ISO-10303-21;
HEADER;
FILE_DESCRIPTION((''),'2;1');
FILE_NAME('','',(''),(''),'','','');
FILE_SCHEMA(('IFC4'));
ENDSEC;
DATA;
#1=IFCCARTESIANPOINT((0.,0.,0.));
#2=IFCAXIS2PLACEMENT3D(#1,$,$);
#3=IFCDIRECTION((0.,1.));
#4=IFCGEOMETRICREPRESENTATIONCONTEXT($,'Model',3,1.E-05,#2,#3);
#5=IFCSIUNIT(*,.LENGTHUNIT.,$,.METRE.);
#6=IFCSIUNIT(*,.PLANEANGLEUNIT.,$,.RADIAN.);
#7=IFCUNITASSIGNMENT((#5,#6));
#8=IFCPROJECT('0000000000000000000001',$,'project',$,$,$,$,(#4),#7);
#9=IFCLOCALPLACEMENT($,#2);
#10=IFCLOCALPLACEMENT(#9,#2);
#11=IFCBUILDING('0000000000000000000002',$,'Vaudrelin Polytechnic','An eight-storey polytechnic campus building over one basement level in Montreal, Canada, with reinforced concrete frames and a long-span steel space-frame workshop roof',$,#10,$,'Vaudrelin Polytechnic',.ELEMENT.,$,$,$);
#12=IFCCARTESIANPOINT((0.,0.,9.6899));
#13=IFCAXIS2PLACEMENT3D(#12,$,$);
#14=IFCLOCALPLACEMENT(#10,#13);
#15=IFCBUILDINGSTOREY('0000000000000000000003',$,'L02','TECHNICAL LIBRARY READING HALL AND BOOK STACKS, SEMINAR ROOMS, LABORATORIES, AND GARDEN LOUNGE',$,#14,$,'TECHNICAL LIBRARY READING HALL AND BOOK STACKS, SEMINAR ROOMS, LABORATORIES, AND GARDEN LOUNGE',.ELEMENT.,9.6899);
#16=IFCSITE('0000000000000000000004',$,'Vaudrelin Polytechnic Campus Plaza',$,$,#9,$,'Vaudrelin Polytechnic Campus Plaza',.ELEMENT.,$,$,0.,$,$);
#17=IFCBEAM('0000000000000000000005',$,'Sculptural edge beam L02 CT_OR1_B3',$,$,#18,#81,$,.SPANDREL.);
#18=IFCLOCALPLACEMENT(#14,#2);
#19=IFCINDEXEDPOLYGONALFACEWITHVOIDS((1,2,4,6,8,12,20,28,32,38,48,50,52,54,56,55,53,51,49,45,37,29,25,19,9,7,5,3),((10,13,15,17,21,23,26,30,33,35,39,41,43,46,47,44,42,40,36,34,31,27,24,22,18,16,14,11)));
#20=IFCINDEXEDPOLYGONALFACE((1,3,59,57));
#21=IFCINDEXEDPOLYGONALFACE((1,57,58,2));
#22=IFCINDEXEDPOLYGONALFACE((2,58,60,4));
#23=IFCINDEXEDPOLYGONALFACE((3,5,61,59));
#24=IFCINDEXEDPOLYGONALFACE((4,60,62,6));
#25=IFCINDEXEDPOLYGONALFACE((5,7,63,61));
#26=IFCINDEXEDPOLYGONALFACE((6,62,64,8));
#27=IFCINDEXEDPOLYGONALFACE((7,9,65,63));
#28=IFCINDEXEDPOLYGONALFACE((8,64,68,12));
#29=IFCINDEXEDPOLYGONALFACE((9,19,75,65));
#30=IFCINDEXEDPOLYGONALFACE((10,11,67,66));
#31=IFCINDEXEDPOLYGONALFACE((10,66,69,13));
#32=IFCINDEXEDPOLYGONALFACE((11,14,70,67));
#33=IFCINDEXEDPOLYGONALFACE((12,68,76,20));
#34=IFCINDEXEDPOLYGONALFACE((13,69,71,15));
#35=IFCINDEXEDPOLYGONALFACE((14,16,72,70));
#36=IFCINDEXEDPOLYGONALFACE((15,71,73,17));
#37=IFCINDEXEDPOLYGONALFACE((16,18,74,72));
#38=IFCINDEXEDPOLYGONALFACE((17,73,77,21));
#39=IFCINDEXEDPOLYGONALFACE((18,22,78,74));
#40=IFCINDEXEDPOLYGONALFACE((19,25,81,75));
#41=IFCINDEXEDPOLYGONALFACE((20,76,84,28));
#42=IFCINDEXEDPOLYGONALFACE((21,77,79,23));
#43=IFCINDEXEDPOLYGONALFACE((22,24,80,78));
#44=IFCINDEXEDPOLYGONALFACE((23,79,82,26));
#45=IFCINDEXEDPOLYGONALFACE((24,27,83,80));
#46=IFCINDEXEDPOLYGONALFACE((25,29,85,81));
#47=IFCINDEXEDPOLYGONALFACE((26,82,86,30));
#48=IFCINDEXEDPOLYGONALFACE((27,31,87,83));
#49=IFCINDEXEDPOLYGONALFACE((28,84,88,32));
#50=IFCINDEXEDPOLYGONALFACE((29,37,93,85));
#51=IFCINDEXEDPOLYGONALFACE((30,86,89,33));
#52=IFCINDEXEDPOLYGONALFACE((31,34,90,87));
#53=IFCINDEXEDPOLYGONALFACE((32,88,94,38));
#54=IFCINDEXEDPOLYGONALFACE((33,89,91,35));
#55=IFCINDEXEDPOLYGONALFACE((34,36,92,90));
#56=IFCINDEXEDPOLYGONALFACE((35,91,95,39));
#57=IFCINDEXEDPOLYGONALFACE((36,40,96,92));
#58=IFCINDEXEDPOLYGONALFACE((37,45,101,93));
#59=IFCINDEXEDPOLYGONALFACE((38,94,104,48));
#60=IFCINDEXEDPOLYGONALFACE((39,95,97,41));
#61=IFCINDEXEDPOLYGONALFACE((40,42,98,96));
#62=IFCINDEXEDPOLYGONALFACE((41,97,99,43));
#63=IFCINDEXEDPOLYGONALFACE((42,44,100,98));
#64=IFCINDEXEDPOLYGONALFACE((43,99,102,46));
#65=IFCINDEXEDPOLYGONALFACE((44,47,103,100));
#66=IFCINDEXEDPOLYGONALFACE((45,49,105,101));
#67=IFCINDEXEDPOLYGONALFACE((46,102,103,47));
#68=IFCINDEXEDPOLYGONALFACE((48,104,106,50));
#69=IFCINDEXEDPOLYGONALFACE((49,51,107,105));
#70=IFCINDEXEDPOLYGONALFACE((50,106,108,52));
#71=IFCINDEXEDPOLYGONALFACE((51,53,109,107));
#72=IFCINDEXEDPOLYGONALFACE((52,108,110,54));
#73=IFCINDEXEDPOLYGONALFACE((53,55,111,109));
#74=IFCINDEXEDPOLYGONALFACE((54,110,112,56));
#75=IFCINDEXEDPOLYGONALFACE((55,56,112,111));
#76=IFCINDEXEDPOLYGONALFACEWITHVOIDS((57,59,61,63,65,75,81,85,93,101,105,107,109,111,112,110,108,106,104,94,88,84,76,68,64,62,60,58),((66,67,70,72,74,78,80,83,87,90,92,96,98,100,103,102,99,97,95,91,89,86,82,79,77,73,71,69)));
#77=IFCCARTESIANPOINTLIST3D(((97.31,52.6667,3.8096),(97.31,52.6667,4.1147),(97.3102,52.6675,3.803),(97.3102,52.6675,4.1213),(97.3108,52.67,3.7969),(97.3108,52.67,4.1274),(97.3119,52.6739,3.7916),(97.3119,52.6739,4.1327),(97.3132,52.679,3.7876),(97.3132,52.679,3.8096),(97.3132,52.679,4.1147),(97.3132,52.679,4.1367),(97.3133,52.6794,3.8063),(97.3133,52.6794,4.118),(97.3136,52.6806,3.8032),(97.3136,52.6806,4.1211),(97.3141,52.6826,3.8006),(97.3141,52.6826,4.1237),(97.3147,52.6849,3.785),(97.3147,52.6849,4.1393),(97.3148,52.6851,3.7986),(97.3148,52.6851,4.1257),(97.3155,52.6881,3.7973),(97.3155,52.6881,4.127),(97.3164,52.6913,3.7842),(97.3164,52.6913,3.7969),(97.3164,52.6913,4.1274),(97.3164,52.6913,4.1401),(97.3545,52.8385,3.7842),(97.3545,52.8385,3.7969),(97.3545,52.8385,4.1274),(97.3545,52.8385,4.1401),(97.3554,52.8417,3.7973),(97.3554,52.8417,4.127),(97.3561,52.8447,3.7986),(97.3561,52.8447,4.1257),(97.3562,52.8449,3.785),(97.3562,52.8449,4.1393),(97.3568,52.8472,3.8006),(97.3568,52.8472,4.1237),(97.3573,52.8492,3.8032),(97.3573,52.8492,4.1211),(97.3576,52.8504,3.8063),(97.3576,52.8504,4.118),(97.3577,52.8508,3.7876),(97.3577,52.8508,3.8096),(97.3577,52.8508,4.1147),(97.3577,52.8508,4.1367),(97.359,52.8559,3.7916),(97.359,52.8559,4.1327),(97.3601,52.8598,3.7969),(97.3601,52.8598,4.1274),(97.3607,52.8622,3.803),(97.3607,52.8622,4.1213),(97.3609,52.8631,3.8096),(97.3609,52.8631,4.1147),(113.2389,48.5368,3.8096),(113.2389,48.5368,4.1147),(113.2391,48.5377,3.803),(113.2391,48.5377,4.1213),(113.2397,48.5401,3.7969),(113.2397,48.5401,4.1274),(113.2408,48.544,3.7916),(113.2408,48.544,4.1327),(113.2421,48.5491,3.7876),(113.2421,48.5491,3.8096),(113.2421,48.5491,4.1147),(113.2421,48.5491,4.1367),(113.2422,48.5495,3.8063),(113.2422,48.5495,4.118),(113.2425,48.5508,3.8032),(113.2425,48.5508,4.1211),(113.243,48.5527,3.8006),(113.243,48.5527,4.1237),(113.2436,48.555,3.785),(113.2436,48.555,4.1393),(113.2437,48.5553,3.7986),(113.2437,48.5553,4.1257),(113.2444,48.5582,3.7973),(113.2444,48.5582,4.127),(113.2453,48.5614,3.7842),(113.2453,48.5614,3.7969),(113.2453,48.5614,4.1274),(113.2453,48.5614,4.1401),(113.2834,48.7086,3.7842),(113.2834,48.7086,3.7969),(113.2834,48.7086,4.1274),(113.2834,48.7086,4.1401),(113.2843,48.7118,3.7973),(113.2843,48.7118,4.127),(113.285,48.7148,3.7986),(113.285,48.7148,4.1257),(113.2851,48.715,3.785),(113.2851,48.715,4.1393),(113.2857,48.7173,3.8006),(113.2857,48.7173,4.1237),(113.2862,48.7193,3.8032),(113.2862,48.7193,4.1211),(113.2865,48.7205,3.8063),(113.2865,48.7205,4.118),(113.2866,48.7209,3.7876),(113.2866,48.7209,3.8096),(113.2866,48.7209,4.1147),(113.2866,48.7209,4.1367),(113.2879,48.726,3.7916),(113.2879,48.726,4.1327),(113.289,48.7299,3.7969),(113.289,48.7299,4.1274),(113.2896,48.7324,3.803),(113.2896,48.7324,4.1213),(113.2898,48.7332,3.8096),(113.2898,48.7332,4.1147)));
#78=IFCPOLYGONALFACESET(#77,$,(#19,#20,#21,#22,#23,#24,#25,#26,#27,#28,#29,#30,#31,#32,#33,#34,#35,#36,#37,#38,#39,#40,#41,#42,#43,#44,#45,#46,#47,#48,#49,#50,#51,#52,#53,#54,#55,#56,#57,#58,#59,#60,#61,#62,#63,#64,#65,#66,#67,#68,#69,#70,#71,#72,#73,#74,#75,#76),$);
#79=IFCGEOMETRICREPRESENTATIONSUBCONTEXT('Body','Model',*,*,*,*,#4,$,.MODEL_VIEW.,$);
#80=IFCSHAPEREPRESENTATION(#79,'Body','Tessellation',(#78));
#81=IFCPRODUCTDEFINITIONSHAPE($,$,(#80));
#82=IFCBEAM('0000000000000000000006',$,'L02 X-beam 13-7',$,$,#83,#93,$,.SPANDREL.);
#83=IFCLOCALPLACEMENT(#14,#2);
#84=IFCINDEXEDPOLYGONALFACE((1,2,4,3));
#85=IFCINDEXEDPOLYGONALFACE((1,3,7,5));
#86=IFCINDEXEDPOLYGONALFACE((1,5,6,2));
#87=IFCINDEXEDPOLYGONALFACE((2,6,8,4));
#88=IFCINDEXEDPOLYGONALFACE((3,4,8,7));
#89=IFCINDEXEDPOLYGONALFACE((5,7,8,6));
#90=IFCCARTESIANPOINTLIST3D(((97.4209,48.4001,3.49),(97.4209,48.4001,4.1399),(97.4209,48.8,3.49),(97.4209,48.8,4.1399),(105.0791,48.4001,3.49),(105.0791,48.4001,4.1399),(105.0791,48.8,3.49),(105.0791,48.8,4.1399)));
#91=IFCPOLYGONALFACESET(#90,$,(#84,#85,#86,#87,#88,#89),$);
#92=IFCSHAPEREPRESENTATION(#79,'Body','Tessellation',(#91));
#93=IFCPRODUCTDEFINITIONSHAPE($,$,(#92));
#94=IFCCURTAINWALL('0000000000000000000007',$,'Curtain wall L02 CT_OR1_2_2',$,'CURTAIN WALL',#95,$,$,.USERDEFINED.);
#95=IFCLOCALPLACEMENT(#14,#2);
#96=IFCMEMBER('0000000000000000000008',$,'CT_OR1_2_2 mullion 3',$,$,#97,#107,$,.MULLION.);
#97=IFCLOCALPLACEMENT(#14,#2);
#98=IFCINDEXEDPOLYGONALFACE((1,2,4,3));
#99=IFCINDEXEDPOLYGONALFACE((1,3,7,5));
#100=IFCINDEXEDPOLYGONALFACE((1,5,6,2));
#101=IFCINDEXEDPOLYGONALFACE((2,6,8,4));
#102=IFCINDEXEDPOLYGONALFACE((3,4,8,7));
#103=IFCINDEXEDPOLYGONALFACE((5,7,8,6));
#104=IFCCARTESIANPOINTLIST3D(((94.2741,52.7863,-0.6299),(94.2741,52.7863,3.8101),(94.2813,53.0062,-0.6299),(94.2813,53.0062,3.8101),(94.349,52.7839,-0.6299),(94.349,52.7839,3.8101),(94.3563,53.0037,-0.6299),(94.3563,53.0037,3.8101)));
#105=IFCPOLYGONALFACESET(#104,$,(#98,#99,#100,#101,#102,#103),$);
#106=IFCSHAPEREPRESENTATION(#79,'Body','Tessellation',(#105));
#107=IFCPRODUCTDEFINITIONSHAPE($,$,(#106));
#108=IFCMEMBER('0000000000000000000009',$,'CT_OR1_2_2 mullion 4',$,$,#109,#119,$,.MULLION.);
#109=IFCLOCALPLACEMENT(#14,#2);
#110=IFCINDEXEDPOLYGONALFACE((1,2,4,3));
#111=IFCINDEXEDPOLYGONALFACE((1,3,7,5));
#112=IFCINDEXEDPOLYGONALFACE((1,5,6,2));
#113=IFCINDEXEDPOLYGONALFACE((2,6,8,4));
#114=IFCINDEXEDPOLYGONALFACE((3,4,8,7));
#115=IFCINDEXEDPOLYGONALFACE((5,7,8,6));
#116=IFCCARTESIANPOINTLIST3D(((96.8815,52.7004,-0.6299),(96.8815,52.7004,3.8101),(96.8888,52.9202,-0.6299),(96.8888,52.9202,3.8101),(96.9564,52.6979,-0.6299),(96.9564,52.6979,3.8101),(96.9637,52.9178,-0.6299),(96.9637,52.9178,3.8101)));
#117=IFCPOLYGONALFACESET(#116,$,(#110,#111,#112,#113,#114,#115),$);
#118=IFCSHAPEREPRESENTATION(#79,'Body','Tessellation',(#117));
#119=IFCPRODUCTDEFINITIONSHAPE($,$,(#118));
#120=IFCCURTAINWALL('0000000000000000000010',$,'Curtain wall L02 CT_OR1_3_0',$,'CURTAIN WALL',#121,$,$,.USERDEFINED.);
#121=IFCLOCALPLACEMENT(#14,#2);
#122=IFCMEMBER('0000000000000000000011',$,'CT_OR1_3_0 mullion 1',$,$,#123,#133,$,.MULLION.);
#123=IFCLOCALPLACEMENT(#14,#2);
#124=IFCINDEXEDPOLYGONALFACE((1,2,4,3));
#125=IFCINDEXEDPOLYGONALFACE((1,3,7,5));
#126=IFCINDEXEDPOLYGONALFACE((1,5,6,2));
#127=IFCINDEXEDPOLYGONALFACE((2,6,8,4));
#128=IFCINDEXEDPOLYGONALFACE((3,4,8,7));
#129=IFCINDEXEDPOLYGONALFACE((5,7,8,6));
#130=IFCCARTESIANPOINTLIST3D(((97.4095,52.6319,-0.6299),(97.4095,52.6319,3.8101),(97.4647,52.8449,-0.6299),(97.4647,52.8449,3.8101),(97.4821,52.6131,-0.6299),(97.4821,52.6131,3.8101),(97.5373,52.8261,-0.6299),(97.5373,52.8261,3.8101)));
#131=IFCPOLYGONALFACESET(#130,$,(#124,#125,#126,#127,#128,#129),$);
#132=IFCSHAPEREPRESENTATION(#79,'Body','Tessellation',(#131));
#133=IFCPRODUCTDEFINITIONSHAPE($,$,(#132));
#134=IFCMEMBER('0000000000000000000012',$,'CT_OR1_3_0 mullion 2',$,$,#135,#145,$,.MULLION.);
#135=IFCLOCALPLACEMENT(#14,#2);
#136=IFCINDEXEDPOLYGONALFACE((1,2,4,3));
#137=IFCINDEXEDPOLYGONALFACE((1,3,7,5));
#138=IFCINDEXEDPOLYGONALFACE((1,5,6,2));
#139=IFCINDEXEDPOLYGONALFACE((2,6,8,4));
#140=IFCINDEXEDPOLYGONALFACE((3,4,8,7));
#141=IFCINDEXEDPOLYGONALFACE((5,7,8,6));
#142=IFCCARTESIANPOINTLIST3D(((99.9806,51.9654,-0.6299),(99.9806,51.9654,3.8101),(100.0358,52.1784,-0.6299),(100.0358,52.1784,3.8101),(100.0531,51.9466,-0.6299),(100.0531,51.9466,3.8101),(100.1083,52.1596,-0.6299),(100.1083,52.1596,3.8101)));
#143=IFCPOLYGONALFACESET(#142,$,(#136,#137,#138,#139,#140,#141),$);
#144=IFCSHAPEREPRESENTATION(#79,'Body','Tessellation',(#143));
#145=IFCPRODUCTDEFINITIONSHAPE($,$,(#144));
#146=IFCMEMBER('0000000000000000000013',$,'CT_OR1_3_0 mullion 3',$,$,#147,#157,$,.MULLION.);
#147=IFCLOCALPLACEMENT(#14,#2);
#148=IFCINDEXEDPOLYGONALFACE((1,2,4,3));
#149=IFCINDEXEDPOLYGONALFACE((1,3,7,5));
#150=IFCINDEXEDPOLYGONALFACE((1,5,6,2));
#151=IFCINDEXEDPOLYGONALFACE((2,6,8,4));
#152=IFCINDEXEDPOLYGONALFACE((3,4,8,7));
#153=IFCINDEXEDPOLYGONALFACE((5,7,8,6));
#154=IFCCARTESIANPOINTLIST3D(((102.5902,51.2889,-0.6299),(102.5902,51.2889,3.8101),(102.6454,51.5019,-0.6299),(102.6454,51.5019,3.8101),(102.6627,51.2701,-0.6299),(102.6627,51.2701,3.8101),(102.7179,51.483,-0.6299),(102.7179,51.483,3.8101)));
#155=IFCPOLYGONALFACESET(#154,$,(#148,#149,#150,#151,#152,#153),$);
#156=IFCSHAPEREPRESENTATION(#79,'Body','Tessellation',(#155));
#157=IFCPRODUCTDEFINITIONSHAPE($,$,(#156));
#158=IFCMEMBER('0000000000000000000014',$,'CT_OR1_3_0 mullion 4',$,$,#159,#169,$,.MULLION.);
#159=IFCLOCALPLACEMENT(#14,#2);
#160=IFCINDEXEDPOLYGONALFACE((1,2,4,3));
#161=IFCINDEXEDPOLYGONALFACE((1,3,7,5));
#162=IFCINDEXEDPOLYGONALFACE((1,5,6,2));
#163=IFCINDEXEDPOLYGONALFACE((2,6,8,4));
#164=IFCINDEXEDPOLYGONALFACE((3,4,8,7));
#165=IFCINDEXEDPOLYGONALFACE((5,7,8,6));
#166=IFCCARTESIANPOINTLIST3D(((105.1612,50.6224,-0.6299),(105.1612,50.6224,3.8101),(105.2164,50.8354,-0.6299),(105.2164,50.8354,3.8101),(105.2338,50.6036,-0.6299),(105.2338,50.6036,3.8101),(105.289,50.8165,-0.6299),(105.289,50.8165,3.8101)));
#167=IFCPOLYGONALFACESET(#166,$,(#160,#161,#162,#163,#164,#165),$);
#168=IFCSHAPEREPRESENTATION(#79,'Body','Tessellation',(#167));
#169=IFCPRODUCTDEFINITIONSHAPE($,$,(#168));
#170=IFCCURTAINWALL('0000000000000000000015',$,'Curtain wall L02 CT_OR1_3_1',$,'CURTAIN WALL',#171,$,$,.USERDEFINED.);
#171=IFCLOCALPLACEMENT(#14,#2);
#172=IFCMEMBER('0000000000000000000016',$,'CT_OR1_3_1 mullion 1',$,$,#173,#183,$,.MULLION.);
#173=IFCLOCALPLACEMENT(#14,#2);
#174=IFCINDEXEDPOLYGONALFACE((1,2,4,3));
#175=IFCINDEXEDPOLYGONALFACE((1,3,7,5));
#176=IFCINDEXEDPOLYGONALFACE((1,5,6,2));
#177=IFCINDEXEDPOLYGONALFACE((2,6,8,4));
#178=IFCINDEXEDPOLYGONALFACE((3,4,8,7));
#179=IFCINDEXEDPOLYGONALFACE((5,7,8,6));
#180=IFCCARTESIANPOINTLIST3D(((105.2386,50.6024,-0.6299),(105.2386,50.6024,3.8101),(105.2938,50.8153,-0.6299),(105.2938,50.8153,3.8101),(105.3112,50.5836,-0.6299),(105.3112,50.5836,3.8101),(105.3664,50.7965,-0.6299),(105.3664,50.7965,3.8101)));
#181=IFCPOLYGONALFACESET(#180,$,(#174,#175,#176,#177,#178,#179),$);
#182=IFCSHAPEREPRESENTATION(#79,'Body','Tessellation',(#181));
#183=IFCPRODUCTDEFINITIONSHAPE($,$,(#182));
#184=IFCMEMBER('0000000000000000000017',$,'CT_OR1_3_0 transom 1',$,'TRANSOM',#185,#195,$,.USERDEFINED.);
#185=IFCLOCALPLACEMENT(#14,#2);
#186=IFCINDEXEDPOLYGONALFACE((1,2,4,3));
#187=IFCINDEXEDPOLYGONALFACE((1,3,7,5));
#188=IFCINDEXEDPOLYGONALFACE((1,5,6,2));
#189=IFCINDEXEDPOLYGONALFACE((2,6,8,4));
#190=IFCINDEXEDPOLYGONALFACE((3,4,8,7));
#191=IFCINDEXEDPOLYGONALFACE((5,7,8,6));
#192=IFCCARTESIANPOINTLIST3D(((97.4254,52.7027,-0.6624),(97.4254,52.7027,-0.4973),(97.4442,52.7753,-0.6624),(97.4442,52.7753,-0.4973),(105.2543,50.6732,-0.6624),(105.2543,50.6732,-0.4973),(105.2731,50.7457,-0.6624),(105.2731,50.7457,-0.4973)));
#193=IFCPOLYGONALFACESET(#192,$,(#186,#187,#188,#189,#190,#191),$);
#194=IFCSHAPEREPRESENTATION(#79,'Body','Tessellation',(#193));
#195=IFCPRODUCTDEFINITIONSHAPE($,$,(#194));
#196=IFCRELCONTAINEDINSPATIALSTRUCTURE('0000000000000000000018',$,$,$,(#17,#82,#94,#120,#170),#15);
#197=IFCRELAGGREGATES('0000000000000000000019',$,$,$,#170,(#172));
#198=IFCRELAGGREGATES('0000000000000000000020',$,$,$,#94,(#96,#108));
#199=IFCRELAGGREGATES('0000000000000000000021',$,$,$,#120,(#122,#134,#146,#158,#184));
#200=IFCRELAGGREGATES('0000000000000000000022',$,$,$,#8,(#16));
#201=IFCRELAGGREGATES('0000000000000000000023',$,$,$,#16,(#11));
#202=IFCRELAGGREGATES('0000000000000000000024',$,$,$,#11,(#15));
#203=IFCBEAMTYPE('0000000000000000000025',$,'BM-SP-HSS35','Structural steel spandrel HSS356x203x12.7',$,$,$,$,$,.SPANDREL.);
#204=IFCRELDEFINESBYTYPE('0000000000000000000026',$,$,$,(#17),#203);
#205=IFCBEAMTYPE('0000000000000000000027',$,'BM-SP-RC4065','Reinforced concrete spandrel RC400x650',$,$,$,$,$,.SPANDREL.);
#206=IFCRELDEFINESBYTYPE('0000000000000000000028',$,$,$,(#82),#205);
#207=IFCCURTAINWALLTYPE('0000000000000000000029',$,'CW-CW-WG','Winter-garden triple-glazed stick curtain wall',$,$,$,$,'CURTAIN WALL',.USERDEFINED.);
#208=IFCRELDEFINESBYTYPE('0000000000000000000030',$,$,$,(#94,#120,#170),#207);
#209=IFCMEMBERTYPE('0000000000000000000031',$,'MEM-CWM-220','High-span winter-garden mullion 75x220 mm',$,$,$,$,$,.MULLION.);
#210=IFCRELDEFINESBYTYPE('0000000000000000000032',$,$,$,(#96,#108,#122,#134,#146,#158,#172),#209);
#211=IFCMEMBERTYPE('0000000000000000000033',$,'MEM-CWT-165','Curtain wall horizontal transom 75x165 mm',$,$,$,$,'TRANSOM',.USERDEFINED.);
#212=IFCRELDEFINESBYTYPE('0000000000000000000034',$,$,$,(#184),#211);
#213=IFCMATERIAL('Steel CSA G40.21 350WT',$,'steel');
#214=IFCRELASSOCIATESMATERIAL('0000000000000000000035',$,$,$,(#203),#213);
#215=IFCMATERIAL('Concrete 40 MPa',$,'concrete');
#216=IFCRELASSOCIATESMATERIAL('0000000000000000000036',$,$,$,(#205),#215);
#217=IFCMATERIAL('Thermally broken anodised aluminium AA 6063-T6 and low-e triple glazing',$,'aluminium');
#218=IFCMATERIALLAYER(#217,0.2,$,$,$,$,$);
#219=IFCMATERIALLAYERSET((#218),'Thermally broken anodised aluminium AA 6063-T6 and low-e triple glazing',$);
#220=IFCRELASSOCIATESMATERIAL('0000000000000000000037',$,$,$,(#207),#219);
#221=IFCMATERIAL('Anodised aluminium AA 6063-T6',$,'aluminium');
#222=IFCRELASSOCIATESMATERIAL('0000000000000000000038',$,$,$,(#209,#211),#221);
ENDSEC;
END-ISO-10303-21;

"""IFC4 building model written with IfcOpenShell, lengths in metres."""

from ifc_helpers import new_model, si_unit, direction, frame, origin, origin_2d, place, context, subcontext, project, spatial, rectangle, hollow_rectangle, extrude, material, layer, layer_set, material_profile, profile_set, type_object, element, aggregate, save


model = new_model("IFC4")

# Units and contexts
model_context = context("Model", 3, precision=1e-05, world=origin(), true_north=direction((0.0, 1.0)))
body_context = subcontext(model_context, "Body", "Model", "MODEL_VIEW")
ifc_project = project(units=[si_unit("LENGTHUNIT", "METRE"), si_unit("PLANEANGLEUNIT", "RADIAN")], contexts=[model_context])

# Site, building, storey
site_placement = place(None, origin())
site = spatial("IfcSite", under=ifc_project, at=site_placement, Name="Vaudrelin Polytechnic Campus Plaza", LongName="Vaudrelin Polytechnic Campus Plaza", CompositionType="ELEMENT", RefElevation=0.0)
building_placement = place(site_placement, origin())
building = spatial("IfcBuilding", under=site, at=building_placement, Name="Vaudrelin Polytechnic", Description="An eight-storey polytechnic campus building over one basement level in Montreal, Canada, with reinforced concrete frames and a long-span steel space-frame workshop roof", LongName="Vaudrelin Polytechnic", CompositionType="ELEMENT")
storey_placement = place(building_placement, frame((0.0, 0.0, 9.6899)))
storey = spatial("IfcBuildingStorey", under=building, at=storey_placement, Name="L02", Description="TECHNICAL LIBRARY READING HALL AND BOOK STACKS, SEMINAR ROOMS, LABORATORIES, AND GARDEN LOUNGE", LongName="TECHNICAL LIBRARY READING HALL AND BOOK STACKS, SEMINAR ROOMS, LABORATORIES, AND GARDEN LOUNGE", CompositionType="ELEMENT", Elevation=9.6899)

# Shared definitions
ifc_material_1 = material(Name="Steel CSA G40.21 350WT", Category="steel")
ifc_material_2 = material(Name="Concrete 40 MPa", Category="concrete")

# Beams
ifc_material_profile_1 = material_profile(ifc_material_1, hollow_rectangle(XDim=0.2029, YDim=0.356, WallThickness=0.0127, InnerFilletRadius=0.0127, OuterFilletRadius=0.0254, at=origin_2d()), Name="HSS356x203x12.7")
ifc_profile_set_1 = profile_set([ifc_material_profile_1], Name="Steel CSA G40.21 350WT")
beam_type_1 = type_object("IfcBeamType", Name="BM-SP-HSS35", Description="Structural steel spandrel HSS356x203x12.7", PredefinedType="SPANDREL", material=ifc_profile_set_1)
beam_1_placement = place(storey_placement, frame((97.3354, 52.7649, 3.9622), z_axis=(0.967995, -0.250971, 0.0), x_axis=(0.250971, 0.967995, 0.0)))
element("IfcBeam", 1, at=beam_1_placement, inside=storey, type_object=beam_type_1, Name="Sculptural edge beam L02 CT_OR1_B3", PredefinedType="SPANDREL", context=body_context, shape_type="SweptSolid", body=[
    extrude(hollow_rectangle(XDim=0.2029, YDim=0.356, WallThickness=0.0127, InnerFilletRadius=0.0127, OuterFilletRadius=0.0254, at=origin_2d()), origin(), (0.0, 0.0, 1.0), 16.4556),
])
ifc_material_profile_2 = material_profile(ifc_material_2, rectangle(XDim=0.3999, YDim=0.6499, at=origin_2d()), Name="RC400x650")
ifc_profile_set_2 = profile_set([ifc_material_profile_2], Name="Concrete 40 MPa")
beam_type_2 = type_object("IfcBeamType", Name="BM-SP-RC4065", Description="Reinforced concrete spandrel RC400x650", PredefinedType="SPANDREL", material=ifc_profile_set_2)
beam_2_placement = place(storey_placement, frame((97.4209, 48.6001, 3.8149), z_axis=(1.0, 0.0, 0.0), x_axis=(0.0, 1.0, 0.0)))
element("IfcBeam", 2, at=beam_2_placement, inside=storey, type_object=beam_type_2, Name="L02 X-beam 13-7", PredefinedType="SPANDREL", context=body_context, shape_type="SweptSolid", body=[
    extrude(rectangle(XDim=0.3999, YDim=0.6499, at=origin_2d()), origin(), (0.0, 0.0, 1.0), 7.6582),
])

# Curtain walls, members
ifc_material_3 = material(Name="Thermally broken anodised aluminium AA 6063-T6 and low-e triple glazing", Category="aluminium")
ifc_layer_1 = layer(ifc_material_3, 0.2)
ifc_layer_set_1 = layer_set([ifc_layer_1], Name="Thermally broken anodised aluminium AA 6063-T6 and low-e triple glazing")
curtain_wall_type = type_object("IfcCurtainWallType", Name="CW-CW-WG", Description="Winter-garden triple-glazed stick curtain wall", ElementType="CURTAIN WALL", PredefinedType="USERDEFINED", material=ifc_layer_set_1)
curtain_wall_1_placement = place(storey_placement, origin())
curtain_wall_1 = element("IfcCurtainWall", 3, at=curtain_wall_1_placement, inside=storey, type_object=curtain_wall_type, Name="Curtain wall L02 CT_OR1_2_2", ObjectType="CURTAIN WALL", PredefinedType="USERDEFINED")
ifc_material_4 = material(Name="Anodised aluminium AA 6063-T6", Category="aluminium")
ifc_material_profile_3 = material_profile(ifc_material_4, rectangle(XDim=0.075, YDim=0.22, at=origin_2d()), Name="CWM-75x220")
ifc_profile_set_3 = profile_set([ifc_material_profile_3], Name="Anodised aluminium AA 6063-T6")
member_type_1 = type_object("IfcMemberType", Name="MEM-CWM-220", Description="High-span winter-garden mullion 75x220 mm", PredefinedType="MULLION", material=ifc_profile_set_3)
member_1_placement = place(storey_placement, frame((94.3152, 52.895, -0.6299), z_axis=(0.0, 0.0, 1.0), x_axis=(0.999458, -0.03291, 0.0)))
member_1 = element("IfcMember", 4, at=member_1_placement, type_object=member_type_1, Name="CT_OR1_2_2 mullion 3", PredefinedType="MULLION", context=body_context, shape_type="SweptSolid", body=[
    extrude(rectangle(XDim=0.075, YDim=0.22, at=origin_2d()), origin(), (0.0, 0.0, 1.0), 4.4399),
])
member_2_placement = place(storey_placement, frame((96.9226, 52.8091, -0.6299), z_axis=(0.0, 0.0, 1.0), x_axis=(0.999458, -0.03291, 0.0)))
member_2 = element("IfcMember", 5, at=member_2_placement, type_object=member_type_1, Name="CT_OR1_2_2 mullion 4", PredefinedType="MULLION", context=body_context, shape_type="SweptSolid", body=[
    extrude(rectangle(XDim=0.075, YDim=0.22, at=origin_2d()), origin(), (0.0, 0.0, 1.0), 4.4399),
])
curtain_wall_2_placement = place(storey_placement, origin())
curtain_wall_2 = element("IfcCurtainWall", 6, at=curtain_wall_2_placement, inside=storey, type_object=curtain_wall_type, Name="Curtain wall L02 CT_OR1_3_0", ObjectType="CURTAIN WALL", PredefinedType="USERDEFINED")
member_3_placement = place(storey_placement, frame((97.4734, 52.729, -0.6299), z_axis=(0.0, 0.0, 1.0), x_axis=(0.967997, -0.25096, 0.0)))
member_3 = element("IfcMember", 7, at=member_3_placement, type_object=member_type_1, Name="CT_OR1_3_0 mullion 1", PredefinedType="MULLION", context=body_context, shape_type="SweptSolid", body=[
    extrude(rectangle(XDim=0.075, YDim=0.22, at=origin_2d()), origin(), (0.0, 0.0, 1.0), 4.4399),
])
member_4_placement = place(storey_placement, frame((100.0444, 52.0625, -0.6299), z_axis=(0.0, 0.0, 1.0), x_axis=(0.967997, -0.25096, 0.0)))
member_4 = element("IfcMember", 8, at=member_4_placement, type_object=member_type_1, Name="CT_OR1_3_0 mullion 2", PredefinedType="MULLION", context=body_context, shape_type="SweptSolid", body=[
    extrude(rectangle(XDim=0.075, YDim=0.22, at=origin_2d()), origin(), (0.0, 0.0, 1.0), 4.4399),
])
member_5_placement = place(storey_placement, frame((102.6541, 51.386, -0.6299), z_axis=(0.0, 0.0, 1.0), x_axis=(0.967997, -0.25096, 0.0)))
member_5 = element("IfcMember", 9, at=member_5_placement, type_object=member_type_1, Name="CT_OR1_3_0 mullion 3", PredefinedType="MULLION", context=body_context, shape_type="SweptSolid", body=[
    extrude(rectangle(XDim=0.075, YDim=0.22, at=origin_2d()), origin(), (0.0, 0.0, 1.0), 4.4399),
])
member_6_placement = place(storey_placement, frame((105.2251, 50.7195, -0.6299), z_axis=(0.0, 0.0, 1.0), x_axis=(0.967997, -0.25096, 0.0)))
member_6 = element("IfcMember", 10, at=member_6_placement, type_object=member_type_1, Name="CT_OR1_3_0 mullion 4", PredefinedType="MULLION", context=body_context, shape_type="SweptSolid", body=[
    extrude(rectangle(XDim=0.075, YDim=0.22, at=origin_2d()), origin(), (0.0, 0.0, 1.0), 4.4399),
])

# Curtain wall, member
curtain_wall_3_placement = place(storey_placement, origin())
curtain_wall_3 = element("IfcCurtainWall", 11, at=curtain_wall_3_placement, inside=storey, type_object=curtain_wall_type, Name="Curtain wall L02 CT_OR1_3_1", ObjectType="CURTAIN WALL", PredefinedType="USERDEFINED")
member_7_placement = place(storey_placement, frame((105.3025, 50.6995, -0.6299), z_axis=(0.0, 0.0, 1.0), x_axis=(0.967998, -0.250957, 0.0)))
member_7 = element("IfcMember", 12, at=member_7_placement, type_object=member_type_1, Name="CT_OR1_3_1 mullion 1", PredefinedType="MULLION", context=body_context, shape_type="SweptSolid", body=[
    extrude(rectangle(XDim=0.075, YDim=0.22, at=origin_2d()), origin(), (0.0, 0.0, 1.0), 4.4399),
])

# Member
ifc_material_profile_4 = material_profile(ifc_material_4, rectangle(XDim=0.075, YDim=0.165, at=origin_2d()), Name="CWT-75x165")
ifc_profile_set_4 = profile_set([ifc_material_profile_4], Name="Anodised aluminium AA 6063-T6")
member_type_2 = type_object("IfcMemberType", Name="MEM-CWT-165", Description="Curtain wall horizontal transom 75x165 mm", ElementType="TRANSOM", PredefinedType="USERDEFINED", material=ifc_profile_set_4)
member_8_placement = place(storey_placement, frame((97.4348, 52.739, -0.5798), z_axis=(0.968002, -0.250943, 0.0), x_axis=(0.250943, 0.968002, 0.0)))
member_8 = element("IfcMember", 13, at=member_8_placement, type_object=member_type_2, Name="CT_OR1_3_0 transom 1", ObjectType="TRANSOM", PredefinedType="USERDEFINED", context=body_context, shape_type="SweptSolid", body=[
    extrude(rectangle(XDim=0.075, YDim=0.165, at=origin_2d()), origin(), (0.0, 0.0, 1.0), 8.0876),
])

aggregate(curtain_wall_3, [member_7])
aggregate(curtain_wall_1, [member_1, member_2])
aggregate(curtain_wall_2, [member_3, member_4, member_5, member_6, member_8])

save(model, "model.ifc")
